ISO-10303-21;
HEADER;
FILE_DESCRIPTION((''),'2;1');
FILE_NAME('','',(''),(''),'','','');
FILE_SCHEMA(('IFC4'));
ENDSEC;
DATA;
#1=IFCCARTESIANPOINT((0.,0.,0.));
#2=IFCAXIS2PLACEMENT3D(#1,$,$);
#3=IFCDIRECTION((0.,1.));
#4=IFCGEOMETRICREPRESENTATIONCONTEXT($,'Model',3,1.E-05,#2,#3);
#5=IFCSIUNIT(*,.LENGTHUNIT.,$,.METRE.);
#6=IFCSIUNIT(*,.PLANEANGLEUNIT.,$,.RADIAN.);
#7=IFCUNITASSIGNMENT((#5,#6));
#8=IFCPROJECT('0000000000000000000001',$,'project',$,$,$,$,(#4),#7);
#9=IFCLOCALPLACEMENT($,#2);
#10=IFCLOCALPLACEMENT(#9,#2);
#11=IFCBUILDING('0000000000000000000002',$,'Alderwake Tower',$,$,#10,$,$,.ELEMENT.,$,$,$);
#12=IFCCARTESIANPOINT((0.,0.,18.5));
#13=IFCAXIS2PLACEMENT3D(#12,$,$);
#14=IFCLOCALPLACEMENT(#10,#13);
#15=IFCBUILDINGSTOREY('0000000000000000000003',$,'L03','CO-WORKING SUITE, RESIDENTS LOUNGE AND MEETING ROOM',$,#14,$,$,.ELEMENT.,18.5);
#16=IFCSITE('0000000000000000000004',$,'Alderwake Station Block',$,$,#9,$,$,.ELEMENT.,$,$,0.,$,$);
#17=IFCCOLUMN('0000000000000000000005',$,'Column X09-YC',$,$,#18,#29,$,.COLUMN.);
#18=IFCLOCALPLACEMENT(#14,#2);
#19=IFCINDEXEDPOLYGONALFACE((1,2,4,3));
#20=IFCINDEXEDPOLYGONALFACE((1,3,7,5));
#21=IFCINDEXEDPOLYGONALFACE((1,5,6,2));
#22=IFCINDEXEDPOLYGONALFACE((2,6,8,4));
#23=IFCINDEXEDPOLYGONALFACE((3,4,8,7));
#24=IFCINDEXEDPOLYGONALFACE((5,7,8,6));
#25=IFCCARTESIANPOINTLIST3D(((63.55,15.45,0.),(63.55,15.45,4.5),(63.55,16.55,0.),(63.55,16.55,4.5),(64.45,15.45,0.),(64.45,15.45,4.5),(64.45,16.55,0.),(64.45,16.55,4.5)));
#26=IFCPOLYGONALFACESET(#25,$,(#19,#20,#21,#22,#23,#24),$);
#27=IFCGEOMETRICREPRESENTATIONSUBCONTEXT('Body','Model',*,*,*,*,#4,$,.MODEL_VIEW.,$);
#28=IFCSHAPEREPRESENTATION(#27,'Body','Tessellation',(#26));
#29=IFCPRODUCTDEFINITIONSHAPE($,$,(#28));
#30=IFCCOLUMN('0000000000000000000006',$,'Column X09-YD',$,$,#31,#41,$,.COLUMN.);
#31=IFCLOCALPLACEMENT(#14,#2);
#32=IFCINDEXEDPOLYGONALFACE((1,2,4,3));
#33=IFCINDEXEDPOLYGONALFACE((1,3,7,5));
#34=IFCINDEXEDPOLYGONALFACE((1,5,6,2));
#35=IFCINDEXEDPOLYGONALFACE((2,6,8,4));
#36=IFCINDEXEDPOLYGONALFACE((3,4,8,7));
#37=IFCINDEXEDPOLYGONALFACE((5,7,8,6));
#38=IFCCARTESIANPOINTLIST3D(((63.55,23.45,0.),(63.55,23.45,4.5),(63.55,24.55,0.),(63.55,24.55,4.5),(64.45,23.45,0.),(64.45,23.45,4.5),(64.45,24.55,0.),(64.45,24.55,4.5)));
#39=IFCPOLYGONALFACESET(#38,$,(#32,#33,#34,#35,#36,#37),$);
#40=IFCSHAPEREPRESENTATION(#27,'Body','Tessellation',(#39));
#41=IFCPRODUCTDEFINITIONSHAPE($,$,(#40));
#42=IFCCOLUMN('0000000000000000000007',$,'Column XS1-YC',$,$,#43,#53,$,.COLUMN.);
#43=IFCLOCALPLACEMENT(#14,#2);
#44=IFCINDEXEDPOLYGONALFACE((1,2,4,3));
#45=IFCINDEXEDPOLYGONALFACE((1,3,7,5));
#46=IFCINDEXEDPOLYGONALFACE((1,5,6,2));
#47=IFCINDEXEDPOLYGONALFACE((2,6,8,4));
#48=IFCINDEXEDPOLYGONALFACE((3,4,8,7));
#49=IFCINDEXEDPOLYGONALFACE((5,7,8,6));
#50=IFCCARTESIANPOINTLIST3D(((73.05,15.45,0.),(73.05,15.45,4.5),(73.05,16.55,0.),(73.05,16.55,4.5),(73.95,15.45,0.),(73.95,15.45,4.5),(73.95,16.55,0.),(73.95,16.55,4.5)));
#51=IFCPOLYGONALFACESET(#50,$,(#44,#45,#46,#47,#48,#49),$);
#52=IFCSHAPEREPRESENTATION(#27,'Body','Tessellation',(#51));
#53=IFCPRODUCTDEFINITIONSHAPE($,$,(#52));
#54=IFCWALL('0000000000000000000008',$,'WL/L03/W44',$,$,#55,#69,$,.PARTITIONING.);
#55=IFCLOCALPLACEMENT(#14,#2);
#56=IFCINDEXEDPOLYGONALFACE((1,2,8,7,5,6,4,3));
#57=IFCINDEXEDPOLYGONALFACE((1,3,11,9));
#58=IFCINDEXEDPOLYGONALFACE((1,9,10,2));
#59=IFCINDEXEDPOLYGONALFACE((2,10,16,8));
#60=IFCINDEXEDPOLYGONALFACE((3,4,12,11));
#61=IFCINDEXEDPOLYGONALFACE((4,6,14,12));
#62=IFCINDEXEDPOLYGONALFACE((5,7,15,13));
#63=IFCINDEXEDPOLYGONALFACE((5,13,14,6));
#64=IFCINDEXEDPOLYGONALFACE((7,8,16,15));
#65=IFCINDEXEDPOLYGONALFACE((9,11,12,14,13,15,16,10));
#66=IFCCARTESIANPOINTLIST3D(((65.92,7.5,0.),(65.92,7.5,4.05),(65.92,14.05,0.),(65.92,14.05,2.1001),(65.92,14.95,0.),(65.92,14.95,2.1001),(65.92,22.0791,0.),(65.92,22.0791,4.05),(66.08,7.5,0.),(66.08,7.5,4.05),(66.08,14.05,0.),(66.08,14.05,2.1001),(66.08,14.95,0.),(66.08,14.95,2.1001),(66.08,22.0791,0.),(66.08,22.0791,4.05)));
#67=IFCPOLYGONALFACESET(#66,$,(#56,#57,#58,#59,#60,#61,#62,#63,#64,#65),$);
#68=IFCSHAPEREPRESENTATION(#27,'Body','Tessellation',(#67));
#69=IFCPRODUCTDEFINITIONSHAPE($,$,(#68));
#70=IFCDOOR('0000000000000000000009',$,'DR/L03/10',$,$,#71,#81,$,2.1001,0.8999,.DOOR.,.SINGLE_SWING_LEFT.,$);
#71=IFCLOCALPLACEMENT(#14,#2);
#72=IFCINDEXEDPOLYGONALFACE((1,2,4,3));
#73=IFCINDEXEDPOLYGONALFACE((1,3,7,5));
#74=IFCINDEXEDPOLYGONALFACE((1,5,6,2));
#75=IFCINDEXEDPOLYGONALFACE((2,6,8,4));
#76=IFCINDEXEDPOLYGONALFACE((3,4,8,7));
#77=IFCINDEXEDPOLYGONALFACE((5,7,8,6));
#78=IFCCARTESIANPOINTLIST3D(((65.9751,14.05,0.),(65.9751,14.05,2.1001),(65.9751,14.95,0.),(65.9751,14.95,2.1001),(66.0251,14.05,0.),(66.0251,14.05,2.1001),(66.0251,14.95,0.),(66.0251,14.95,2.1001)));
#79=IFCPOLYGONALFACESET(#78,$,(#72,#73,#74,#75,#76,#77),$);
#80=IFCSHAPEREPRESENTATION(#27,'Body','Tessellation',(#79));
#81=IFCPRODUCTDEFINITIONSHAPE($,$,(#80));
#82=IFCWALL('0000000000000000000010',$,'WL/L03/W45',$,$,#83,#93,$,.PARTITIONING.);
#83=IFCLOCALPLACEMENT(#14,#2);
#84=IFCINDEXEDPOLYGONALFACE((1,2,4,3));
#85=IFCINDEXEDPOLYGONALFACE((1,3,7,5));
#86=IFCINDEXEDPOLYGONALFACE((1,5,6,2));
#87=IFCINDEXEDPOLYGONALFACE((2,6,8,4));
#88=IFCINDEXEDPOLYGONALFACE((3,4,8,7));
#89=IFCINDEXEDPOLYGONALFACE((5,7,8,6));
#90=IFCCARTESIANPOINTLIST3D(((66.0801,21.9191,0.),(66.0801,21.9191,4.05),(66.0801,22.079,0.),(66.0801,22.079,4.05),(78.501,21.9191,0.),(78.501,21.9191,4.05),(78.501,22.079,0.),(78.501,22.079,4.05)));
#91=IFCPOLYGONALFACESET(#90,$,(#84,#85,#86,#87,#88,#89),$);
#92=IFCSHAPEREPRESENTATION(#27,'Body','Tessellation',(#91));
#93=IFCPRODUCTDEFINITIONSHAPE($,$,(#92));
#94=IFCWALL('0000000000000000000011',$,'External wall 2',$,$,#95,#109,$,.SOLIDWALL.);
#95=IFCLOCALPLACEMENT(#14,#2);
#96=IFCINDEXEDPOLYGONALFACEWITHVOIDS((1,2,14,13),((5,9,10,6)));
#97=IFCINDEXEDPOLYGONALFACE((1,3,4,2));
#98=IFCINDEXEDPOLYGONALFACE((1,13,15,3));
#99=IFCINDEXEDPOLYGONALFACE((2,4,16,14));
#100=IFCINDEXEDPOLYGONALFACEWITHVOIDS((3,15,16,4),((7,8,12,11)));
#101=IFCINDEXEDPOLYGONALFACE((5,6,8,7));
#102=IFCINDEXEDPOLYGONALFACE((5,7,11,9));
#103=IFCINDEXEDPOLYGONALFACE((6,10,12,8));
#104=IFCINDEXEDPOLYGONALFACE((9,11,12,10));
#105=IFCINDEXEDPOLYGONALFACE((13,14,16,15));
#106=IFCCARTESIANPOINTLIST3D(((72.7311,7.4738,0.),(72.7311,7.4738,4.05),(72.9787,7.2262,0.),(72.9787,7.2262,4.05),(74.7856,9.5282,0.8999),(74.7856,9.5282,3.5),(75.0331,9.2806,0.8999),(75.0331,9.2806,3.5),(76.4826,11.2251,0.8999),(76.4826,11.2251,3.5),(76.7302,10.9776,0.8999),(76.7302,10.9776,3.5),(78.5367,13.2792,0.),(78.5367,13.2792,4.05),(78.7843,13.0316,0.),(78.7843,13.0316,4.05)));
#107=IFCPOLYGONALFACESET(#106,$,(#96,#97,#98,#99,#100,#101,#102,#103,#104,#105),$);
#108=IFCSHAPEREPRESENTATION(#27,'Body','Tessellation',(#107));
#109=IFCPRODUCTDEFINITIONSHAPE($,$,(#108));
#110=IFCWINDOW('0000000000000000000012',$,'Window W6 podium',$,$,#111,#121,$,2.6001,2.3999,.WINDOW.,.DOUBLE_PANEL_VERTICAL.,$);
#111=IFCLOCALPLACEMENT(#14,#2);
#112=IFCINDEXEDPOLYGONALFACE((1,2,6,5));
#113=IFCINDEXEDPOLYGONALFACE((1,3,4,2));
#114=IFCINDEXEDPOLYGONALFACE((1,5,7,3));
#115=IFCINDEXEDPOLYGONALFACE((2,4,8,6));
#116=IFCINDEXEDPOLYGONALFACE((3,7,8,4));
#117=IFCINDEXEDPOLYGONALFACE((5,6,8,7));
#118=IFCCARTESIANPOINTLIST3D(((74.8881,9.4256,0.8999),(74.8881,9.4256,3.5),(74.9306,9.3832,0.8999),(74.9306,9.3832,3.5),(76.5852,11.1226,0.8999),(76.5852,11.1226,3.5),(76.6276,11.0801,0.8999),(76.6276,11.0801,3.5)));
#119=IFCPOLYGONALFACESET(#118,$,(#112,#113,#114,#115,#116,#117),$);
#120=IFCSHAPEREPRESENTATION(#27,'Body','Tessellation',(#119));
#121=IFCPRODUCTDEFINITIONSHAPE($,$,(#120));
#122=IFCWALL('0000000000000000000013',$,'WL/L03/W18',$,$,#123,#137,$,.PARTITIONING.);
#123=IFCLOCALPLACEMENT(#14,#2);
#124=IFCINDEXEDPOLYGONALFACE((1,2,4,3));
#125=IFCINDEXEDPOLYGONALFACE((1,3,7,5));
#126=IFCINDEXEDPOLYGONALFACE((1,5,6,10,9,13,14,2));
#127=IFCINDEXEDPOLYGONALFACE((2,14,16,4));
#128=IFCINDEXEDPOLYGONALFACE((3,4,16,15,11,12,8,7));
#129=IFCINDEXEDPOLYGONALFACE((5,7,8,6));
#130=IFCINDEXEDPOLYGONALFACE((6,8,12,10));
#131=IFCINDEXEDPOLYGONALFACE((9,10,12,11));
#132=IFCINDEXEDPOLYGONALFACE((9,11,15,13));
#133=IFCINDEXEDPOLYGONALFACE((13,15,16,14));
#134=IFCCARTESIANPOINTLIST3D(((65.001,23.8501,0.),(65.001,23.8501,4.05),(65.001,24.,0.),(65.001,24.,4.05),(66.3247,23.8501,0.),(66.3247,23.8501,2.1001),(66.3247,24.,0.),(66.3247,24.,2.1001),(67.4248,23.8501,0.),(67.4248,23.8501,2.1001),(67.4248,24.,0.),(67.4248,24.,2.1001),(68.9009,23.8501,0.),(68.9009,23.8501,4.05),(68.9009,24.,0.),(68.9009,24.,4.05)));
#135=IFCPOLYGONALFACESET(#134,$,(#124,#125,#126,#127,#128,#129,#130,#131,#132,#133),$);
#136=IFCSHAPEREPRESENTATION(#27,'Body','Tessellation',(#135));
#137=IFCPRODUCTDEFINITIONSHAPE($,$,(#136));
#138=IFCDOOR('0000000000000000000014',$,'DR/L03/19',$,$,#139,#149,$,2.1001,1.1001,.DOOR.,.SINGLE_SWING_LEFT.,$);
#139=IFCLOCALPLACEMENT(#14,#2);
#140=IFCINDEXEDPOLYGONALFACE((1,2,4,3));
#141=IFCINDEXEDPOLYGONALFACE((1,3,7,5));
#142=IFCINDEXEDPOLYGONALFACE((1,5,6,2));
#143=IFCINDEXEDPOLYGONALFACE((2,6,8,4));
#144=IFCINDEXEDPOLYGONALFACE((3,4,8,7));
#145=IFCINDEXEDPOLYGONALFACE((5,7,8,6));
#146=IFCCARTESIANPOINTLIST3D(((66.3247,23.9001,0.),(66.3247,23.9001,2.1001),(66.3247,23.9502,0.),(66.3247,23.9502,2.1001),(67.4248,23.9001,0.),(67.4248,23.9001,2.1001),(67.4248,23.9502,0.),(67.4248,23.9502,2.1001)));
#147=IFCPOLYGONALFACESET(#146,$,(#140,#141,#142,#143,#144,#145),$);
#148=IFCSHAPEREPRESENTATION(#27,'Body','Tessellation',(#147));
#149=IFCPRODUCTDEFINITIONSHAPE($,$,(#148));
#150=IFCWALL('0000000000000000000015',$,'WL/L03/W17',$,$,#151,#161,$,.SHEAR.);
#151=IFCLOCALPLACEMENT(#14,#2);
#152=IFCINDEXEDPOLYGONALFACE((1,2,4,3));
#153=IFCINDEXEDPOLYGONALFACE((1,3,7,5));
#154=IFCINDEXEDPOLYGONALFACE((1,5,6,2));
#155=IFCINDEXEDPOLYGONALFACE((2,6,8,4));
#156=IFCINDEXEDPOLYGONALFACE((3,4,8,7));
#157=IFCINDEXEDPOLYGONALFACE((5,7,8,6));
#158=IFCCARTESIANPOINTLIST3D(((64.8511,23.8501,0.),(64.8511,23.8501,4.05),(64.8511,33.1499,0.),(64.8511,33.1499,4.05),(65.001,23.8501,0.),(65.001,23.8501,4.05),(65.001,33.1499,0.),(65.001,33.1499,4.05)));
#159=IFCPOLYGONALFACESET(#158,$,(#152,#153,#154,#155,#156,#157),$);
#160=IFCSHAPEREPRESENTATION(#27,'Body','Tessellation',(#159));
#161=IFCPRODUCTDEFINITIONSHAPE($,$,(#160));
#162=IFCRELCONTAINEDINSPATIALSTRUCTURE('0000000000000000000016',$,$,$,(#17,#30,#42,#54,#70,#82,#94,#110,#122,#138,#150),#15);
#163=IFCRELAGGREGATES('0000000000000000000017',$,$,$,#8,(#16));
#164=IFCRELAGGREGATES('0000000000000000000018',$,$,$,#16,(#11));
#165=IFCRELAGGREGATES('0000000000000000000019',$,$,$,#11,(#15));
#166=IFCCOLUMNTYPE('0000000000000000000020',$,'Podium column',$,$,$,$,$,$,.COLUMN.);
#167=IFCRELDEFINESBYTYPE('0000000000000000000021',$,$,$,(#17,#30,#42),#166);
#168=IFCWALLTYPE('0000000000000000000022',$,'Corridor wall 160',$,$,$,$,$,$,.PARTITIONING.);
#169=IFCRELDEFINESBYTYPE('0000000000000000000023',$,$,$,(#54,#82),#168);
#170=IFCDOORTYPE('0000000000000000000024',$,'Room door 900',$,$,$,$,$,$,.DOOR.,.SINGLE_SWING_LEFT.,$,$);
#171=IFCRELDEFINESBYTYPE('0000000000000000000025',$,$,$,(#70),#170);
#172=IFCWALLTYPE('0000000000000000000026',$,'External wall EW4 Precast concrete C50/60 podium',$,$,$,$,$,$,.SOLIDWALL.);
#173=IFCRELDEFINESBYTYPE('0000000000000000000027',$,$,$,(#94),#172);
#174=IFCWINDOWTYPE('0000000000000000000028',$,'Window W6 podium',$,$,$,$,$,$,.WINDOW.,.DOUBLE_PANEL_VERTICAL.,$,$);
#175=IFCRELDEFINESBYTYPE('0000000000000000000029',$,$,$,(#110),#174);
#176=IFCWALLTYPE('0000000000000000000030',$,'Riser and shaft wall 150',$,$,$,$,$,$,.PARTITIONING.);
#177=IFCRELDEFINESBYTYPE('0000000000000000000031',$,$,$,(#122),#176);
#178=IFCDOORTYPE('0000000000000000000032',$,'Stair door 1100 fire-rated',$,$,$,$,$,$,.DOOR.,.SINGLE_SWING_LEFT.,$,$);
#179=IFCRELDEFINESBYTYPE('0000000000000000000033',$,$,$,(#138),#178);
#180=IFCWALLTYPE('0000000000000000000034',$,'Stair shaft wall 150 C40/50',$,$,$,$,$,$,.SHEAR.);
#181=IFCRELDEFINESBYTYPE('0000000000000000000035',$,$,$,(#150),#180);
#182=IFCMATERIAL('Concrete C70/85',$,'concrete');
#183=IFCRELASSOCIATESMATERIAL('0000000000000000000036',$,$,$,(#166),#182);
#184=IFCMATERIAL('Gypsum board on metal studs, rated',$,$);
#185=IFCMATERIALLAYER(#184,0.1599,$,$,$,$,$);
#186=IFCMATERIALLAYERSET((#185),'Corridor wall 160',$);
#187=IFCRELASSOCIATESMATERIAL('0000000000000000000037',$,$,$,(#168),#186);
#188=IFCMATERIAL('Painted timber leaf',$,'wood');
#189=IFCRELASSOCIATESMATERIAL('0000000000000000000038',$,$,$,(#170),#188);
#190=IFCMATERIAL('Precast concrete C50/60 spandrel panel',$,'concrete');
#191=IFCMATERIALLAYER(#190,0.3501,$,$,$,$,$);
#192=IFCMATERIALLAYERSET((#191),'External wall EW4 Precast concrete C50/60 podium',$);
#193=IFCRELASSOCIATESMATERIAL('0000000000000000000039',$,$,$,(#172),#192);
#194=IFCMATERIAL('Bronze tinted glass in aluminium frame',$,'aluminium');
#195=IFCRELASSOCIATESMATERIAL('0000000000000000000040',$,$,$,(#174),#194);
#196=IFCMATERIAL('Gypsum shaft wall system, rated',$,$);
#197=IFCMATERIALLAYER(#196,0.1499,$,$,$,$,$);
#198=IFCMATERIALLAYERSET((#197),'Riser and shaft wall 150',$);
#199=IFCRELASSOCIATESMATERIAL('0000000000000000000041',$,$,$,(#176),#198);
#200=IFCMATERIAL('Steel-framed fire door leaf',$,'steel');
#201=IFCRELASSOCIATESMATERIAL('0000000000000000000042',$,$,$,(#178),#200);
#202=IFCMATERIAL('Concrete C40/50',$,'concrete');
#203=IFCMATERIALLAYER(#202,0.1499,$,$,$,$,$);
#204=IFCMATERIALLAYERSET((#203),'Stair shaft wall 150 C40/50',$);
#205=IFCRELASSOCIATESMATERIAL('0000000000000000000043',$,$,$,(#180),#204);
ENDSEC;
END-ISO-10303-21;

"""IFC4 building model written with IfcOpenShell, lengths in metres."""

from ifc_helpers import new_model, si_unit, direction, frame, frame_2d, origin, origin_2d, place, context, subcontext, project, spatial, rectangle, extrude, material, layer, layer_set, material_profile, profile_set, type_object, element, fill, save


model = new_model("IFC4")

# Units and contexts
model_context = context("Model", 3, precision=1e-05, world=origin(), true_north=direction((0.0, 1.0)))
body_context = subcontext(model_context, "Body", "Model", "MODEL_VIEW")
ifc_project = project(units=[si_unit("LENGTHUNIT", "METRE"), si_unit("PLANEANGLEUNIT", "RADIAN")], contexts=[model_context])

# Site, building, storey
site_placement = place(None, origin())
site = spatial("IfcSite", under=ifc_project, at=site_placement, Name="Alderwake Station Block", CompositionType="ELEMENT", RefElevation=0.0)
building_placement = place(site_placement, origin())
building = spatial("IfcBuilding", under=site, at=building_placement, Name="Alderwake Tower", CompositionType="ELEMENT")
storey_placement = place(building_placement, frame((0.0, 0.0, 18.5)))
storey = spatial("IfcBuildingStorey", under=building, at=storey_placement, Name="L03", Description="CO-WORKING SUITE, RESIDENTS LOUNGE AND MEETING ROOM", CompositionType="ELEMENT", Elevation=18.5)

# Columns
ifc_material_1 = material(Name="Concrete C70/85", Category="concrete")
ifc_material_profile = material_profile(ifc_material_1, rectangle(XDim=0.8999, YDim=1.1001, at=origin_2d()), Name="RC 1100X900")
ifc_profile_set = profile_set([ifc_material_profile], Name="Concrete C70/85")
column_type = type_object("IfcColumnType", Name="Podium column", PredefinedType="COLUMN", material=ifc_profile_set)
for number, where, z_axis, x_axis, name in (
    (1, (64.0, 16.0, 0.0), (0.0, 0.0, 1.0), (1.0, 0.0, 0.0), "Column X09-YC"),
    (2, (64.0, 24.0, 0.0), (0.0, 0.0, 1.0), (1.0, 0.0, 0.0), "Column X09-YD"),
    (3, (73.5, 16.0, 0.0), (0.0, 0.0, 1.0), (1.0, 0.0, 0.0), "Column XS1-YC"),
):
    element("IfcColumn", number, at=place(storey_placement, frame(where, z_axis=z_axis, x_axis=x_axis)), inside=storey, type_object=column_type, Name=name, PredefinedType="COLUMN", context=body_context, shape_type="SweptSolid", body=[
        extrude(rectangle(XDim=0.8999, YDim=1.1001, at=origin_2d()), origin(), (0.0, 0.0, 1.0), 4.5),
    ])

# Wall, opening, door
ifc_material_2 = material(Name="Gypsum board on metal studs, rated")
ifc_layer_1 = layer(ifc_material_2, 0.1599)
ifc_layer_set_1 = layer_set([ifc_layer_1], Name="Corridor wall 160")
wall_type_1 = type_object("IfcWallType", Name="Corridor wall 160", PredefinedType="PARTITIONING", material=ifc_layer_set_1)
wall_1_placement = place(storey_placement, frame((66.0, 7.5, 0.0), z_axis=(0.0, 0.0, 1.0), x_axis=(0.0, 1.0, 0.0)))
wall_1 = element("IfcWall", 4, at=wall_1_placement, inside=storey, type_object=wall_type_1, Name="WL/L03/W44", PredefinedType="PARTITIONING", context=body_context, shape_type="SweptSolid", body=[
    extrude(rectangle(XDim=14.5791, YDim=0.1599, at=frame_2d((7.2896, 0.0))), origin(), (0.0, 0.0, 1.0), 4.05),
])
opening_1_placement = place(wall_1_placement, frame((6.55, 0.0, 0.0)))
opening_1 = element("IfcOpeningElement", 5, at=opening_1_placement, cuts=wall_1, PredefinedType="OPENING", context=body_context, shape_type="SweptSolid", body=[
    extrude(rectangle(XDim=0.8999, YDim=2.1001, at=frame_2d((0.45, 1.05))), frame((0.0, 0.0898, 0.0), z_axis=(0.0, -1.0, 0.0), x_axis=(1.0, 0.0, 0.0)), (0.0, 0.0, 1.0), 0.1799),
])
ifc_material_3 = material(Name="Painted timber leaf", Category="wood")
door_type_1 = type_object("IfcDoorType", Name="Room door 900", OperationType="SINGLE_SWING_LEFT", PredefinedType="DOOR", material=ifc_material_3)
door_1_placement = place(opening_1_placement, origin())
door_1 = element("IfcDoor", 6, at=door_1_placement, inside=storey, type_object=door_type_1, Name="DR/L03/10", OperationType="SINGLE_SWING_LEFT", OverallHeight=2.1001, OverallWidth=0.8999, PredefinedType="DOOR", context=body_context, shape_type="SweptSolid", body=[
    extrude(rectangle(XDim=0.8999, YDim=2.1001, at=frame_2d((0.45, 1.05))), frame((0.0, 0.0249, 0.0), z_axis=(0.0, -1.0, 0.0), x_axis=(1.0, 0.0, 0.0)), (0.0, 0.0, 1.0), 0.05),
])
fill(opening_1, door_1)

# Wall
wall_2_placement = place(storey_placement, frame((66.0801, 21.999, 0.0), z_axis=(0.0, 0.0, 1.0), x_axis=(1.0, 0.0, 0.0)))
element("IfcWall", 7, at=wall_2_placement, inside=storey, type_object=wall_type_1, Name="WL/L03/W45", PredefinedType="PARTITIONING", context=body_context, shape_type="SweptSolid", body=[
    extrude(rectangle(XDim=12.4209, YDim=0.1599, at=frame_2d((6.2104, 0.0))), origin(), (0.0, 0.0, 1.0), 4.05),
])

# Wall, opening, window
ifc_material_4 = material(Name="Precast concrete C50/60 spandrel panel", Category="concrete")
ifc_layer_2 = layer(ifc_material_4, 0.3501)
ifc_layer_set_2 = layer_set([ifc_layer_2], Name="External wall EW4 Precast concrete C50/60 podium")
wall_type_2 = type_object("IfcWallType", Name="External wall EW4 Precast concrete C50/60 podium", PredefinedType="SOLIDWALL", material=ifc_layer_set_2)
wall_3_placement = place(storey_placement, frame((72.855, 7.3501, 0.0), z_axis=(0.0, 0.0, 1.0), x_axis=(0.707122, 0.707092, 0.0)))
wall_3 = element("IfcWall", 8, at=wall_3_placement, inside=storey, type_object=wall_type_2, Name="External wall 2", PredefinedType="SOLIDWALL", context=body_context, shape_type="SweptSolid", body=[
    extrude(rectangle(XDim=8.2102, YDim=0.3501, at=frame_2d((4.105, 0.0))), origin(), (0.0, 0.0, 1.0), 4.05),
])
opening_2_placement = place(wall_3_placement, frame((2.9053, 0.0, 0.8999)))
opening_2 = element("IfcOpeningElement", 9, at=opening_2_placement, cuts=wall_3, PredefinedType="OPENING", context=body_context, shape_type="SweptSolid", body=[
    extrude(rectangle(XDim=2.3999, YDim=2.6001, at=frame_2d((1.2, 1.3))), frame((0.0, 0.1851, 0.0), z_axis=(0.0, -1.0, 0.0), x_axis=(1.0, 0.0, 0.0)), (0.0, 0.0, 1.0), 0.3701),
])
ifc_material_5 = material(Name="Bronze tinted glass in aluminium frame", Category="aluminium")
window_type = type_object("IfcWindowType", Name="Window W6 podium", PartitioningType="DOUBLE_PANEL_VERTICAL", PredefinedType="WINDOW", material=ifc_material_5)
window_1_placement = place(opening_2_placement, origin())
window_1 = element("IfcWindow", 10, at=window_1_placement, inside=storey, type_object=window_type, Name="Window W6 podium", OverallHeight=2.6001, OverallWidth=2.3999, PartitioningType="DOUBLE_PANEL_VERTICAL", PredefinedType="WINDOW", context=body_context, shape_type="SweptSolid", body=[
    extrude(rectangle(XDim=2.3999, YDim=2.6001, at=frame_2d((1.2, 1.3))), frame((0.0, 0.03, 0.0), z_axis=(0.0, -1.0, 0.0), x_axis=(1.0, 0.0, 0.0)), (0.0, 0.0, 1.0), 0.0601),
])
fill(opening_2, window_1)

# Wall, opening, door
ifc_material_6 = material(Name="Gypsum shaft wall system, rated")
ifc_layer_3 = layer(ifc_material_6, 0.1499)
ifc_layer_set_3 = layer_set([ifc_layer_3], Name="Riser and shaft wall 150")
wall_type_3 = type_object("IfcWallType", Name="Riser and shaft wall 150", PredefinedType="PARTITIONING", material=ifc_layer_set_3)
wall_4_placement = place(storey_placement, frame((68.9009, 23.925, 0.0), z_axis=(0.0, 0.0, 1.0), x_axis=(-1.0, 0.0, 0.0)))
wall_4 = element("IfcWall", 11, at=wall_4_placement, inside=storey, type_object=wall_type_3, Name="WL/L03/W18", PredefinedType="PARTITIONING", context=body_context, shape_type="SweptSolid", body=[
    extrude(rectangle(XDim=3.8999, YDim=0.1499, at=frame_2d((1.95, 0.0))), origin(), (0.0, 0.0, 1.0), 4.05),
])
opening_3_placement = place(wall_4_placement, frame((1.4761, 0.0, 0.0)))
opening_3 = element("IfcOpeningElement", 12, at=opening_3_placement, cuts=wall_4, PredefinedType="OPENING", context=body_context, shape_type="SweptSolid", body=[
    extrude(rectangle(XDim=1.1001, YDim=2.1001, at=frame_2d((0.55, 1.05))), frame((0.0, 0.085, 0.0), z_axis=(0.0, -1.0, 0.0), x_axis=(1.0, 0.0, 0.0)), (0.0, 0.0, 1.0), 0.1699),
])
ifc_material_7 = material(Name="Steel-framed fire door leaf", Category="steel")
door_type_2 = type_object("IfcDoorType", Name="Stair door 1100 fire-rated", OperationType="SINGLE_SWING_LEFT", PredefinedType="DOOR", material=ifc_material_7)
door_2_placement = place(opening_3_placement, origin())
door_2 = element("IfcDoor", 13, at=door_2_placement, inside=storey, type_object=door_type_2, Name="DR/L03/19", OperationType="SINGLE_SWING_LEFT", OverallHeight=2.1001, OverallWidth=1.1001, PredefinedType="DOOR", context=body_context, shape_type="SweptSolid", body=[
    extrude(rectangle(XDim=1.1001, YDim=2.1001, at=frame_2d((0.55, 1.05))), frame((0.0, 0.0249, 0.0), z_axis=(0.0, -1.0, 0.0), x_axis=(1.0, 0.0, 0.0)), (0.0, 0.0, 1.0), 0.05),
])
fill(opening_3, door_2)

# Wall
ifc_material_8 = material(Name="Concrete C40/50", Category="concrete")
ifc_layer_4 = layer(ifc_material_8, 0.1499)
ifc_layer_set_4 = layer_set([ifc_layer_4], Name="Stair shaft wall 150 C40/50")
wall_type_4 = type_object("IfcWallType", Name="Stair shaft wall 150 C40/50", PredefinedType="SHEAR", material=ifc_layer_set_4)
wall_5_placement = place(storey_placement, frame((64.926, 23.8501, 0.0), z_axis=(0.0, 0.0, 1.0), x_axis=(0.0, 1.0, 0.0)))
element("IfcWall", 14, at=wall_5_placement, inside=storey, type_object=wall_type_4, Name="WL/L03/W17", PredefinedType="SHEAR", context=body_context, shape_type="SweptSolid", body=[
    extrude(rectangle(XDim=9.2998, YDim=0.1499, at=frame_2d((4.6499, 0.0))), origin(), (0.0, 0.0, 1.0), 4.05),
])

save(model, "model.ifc")
